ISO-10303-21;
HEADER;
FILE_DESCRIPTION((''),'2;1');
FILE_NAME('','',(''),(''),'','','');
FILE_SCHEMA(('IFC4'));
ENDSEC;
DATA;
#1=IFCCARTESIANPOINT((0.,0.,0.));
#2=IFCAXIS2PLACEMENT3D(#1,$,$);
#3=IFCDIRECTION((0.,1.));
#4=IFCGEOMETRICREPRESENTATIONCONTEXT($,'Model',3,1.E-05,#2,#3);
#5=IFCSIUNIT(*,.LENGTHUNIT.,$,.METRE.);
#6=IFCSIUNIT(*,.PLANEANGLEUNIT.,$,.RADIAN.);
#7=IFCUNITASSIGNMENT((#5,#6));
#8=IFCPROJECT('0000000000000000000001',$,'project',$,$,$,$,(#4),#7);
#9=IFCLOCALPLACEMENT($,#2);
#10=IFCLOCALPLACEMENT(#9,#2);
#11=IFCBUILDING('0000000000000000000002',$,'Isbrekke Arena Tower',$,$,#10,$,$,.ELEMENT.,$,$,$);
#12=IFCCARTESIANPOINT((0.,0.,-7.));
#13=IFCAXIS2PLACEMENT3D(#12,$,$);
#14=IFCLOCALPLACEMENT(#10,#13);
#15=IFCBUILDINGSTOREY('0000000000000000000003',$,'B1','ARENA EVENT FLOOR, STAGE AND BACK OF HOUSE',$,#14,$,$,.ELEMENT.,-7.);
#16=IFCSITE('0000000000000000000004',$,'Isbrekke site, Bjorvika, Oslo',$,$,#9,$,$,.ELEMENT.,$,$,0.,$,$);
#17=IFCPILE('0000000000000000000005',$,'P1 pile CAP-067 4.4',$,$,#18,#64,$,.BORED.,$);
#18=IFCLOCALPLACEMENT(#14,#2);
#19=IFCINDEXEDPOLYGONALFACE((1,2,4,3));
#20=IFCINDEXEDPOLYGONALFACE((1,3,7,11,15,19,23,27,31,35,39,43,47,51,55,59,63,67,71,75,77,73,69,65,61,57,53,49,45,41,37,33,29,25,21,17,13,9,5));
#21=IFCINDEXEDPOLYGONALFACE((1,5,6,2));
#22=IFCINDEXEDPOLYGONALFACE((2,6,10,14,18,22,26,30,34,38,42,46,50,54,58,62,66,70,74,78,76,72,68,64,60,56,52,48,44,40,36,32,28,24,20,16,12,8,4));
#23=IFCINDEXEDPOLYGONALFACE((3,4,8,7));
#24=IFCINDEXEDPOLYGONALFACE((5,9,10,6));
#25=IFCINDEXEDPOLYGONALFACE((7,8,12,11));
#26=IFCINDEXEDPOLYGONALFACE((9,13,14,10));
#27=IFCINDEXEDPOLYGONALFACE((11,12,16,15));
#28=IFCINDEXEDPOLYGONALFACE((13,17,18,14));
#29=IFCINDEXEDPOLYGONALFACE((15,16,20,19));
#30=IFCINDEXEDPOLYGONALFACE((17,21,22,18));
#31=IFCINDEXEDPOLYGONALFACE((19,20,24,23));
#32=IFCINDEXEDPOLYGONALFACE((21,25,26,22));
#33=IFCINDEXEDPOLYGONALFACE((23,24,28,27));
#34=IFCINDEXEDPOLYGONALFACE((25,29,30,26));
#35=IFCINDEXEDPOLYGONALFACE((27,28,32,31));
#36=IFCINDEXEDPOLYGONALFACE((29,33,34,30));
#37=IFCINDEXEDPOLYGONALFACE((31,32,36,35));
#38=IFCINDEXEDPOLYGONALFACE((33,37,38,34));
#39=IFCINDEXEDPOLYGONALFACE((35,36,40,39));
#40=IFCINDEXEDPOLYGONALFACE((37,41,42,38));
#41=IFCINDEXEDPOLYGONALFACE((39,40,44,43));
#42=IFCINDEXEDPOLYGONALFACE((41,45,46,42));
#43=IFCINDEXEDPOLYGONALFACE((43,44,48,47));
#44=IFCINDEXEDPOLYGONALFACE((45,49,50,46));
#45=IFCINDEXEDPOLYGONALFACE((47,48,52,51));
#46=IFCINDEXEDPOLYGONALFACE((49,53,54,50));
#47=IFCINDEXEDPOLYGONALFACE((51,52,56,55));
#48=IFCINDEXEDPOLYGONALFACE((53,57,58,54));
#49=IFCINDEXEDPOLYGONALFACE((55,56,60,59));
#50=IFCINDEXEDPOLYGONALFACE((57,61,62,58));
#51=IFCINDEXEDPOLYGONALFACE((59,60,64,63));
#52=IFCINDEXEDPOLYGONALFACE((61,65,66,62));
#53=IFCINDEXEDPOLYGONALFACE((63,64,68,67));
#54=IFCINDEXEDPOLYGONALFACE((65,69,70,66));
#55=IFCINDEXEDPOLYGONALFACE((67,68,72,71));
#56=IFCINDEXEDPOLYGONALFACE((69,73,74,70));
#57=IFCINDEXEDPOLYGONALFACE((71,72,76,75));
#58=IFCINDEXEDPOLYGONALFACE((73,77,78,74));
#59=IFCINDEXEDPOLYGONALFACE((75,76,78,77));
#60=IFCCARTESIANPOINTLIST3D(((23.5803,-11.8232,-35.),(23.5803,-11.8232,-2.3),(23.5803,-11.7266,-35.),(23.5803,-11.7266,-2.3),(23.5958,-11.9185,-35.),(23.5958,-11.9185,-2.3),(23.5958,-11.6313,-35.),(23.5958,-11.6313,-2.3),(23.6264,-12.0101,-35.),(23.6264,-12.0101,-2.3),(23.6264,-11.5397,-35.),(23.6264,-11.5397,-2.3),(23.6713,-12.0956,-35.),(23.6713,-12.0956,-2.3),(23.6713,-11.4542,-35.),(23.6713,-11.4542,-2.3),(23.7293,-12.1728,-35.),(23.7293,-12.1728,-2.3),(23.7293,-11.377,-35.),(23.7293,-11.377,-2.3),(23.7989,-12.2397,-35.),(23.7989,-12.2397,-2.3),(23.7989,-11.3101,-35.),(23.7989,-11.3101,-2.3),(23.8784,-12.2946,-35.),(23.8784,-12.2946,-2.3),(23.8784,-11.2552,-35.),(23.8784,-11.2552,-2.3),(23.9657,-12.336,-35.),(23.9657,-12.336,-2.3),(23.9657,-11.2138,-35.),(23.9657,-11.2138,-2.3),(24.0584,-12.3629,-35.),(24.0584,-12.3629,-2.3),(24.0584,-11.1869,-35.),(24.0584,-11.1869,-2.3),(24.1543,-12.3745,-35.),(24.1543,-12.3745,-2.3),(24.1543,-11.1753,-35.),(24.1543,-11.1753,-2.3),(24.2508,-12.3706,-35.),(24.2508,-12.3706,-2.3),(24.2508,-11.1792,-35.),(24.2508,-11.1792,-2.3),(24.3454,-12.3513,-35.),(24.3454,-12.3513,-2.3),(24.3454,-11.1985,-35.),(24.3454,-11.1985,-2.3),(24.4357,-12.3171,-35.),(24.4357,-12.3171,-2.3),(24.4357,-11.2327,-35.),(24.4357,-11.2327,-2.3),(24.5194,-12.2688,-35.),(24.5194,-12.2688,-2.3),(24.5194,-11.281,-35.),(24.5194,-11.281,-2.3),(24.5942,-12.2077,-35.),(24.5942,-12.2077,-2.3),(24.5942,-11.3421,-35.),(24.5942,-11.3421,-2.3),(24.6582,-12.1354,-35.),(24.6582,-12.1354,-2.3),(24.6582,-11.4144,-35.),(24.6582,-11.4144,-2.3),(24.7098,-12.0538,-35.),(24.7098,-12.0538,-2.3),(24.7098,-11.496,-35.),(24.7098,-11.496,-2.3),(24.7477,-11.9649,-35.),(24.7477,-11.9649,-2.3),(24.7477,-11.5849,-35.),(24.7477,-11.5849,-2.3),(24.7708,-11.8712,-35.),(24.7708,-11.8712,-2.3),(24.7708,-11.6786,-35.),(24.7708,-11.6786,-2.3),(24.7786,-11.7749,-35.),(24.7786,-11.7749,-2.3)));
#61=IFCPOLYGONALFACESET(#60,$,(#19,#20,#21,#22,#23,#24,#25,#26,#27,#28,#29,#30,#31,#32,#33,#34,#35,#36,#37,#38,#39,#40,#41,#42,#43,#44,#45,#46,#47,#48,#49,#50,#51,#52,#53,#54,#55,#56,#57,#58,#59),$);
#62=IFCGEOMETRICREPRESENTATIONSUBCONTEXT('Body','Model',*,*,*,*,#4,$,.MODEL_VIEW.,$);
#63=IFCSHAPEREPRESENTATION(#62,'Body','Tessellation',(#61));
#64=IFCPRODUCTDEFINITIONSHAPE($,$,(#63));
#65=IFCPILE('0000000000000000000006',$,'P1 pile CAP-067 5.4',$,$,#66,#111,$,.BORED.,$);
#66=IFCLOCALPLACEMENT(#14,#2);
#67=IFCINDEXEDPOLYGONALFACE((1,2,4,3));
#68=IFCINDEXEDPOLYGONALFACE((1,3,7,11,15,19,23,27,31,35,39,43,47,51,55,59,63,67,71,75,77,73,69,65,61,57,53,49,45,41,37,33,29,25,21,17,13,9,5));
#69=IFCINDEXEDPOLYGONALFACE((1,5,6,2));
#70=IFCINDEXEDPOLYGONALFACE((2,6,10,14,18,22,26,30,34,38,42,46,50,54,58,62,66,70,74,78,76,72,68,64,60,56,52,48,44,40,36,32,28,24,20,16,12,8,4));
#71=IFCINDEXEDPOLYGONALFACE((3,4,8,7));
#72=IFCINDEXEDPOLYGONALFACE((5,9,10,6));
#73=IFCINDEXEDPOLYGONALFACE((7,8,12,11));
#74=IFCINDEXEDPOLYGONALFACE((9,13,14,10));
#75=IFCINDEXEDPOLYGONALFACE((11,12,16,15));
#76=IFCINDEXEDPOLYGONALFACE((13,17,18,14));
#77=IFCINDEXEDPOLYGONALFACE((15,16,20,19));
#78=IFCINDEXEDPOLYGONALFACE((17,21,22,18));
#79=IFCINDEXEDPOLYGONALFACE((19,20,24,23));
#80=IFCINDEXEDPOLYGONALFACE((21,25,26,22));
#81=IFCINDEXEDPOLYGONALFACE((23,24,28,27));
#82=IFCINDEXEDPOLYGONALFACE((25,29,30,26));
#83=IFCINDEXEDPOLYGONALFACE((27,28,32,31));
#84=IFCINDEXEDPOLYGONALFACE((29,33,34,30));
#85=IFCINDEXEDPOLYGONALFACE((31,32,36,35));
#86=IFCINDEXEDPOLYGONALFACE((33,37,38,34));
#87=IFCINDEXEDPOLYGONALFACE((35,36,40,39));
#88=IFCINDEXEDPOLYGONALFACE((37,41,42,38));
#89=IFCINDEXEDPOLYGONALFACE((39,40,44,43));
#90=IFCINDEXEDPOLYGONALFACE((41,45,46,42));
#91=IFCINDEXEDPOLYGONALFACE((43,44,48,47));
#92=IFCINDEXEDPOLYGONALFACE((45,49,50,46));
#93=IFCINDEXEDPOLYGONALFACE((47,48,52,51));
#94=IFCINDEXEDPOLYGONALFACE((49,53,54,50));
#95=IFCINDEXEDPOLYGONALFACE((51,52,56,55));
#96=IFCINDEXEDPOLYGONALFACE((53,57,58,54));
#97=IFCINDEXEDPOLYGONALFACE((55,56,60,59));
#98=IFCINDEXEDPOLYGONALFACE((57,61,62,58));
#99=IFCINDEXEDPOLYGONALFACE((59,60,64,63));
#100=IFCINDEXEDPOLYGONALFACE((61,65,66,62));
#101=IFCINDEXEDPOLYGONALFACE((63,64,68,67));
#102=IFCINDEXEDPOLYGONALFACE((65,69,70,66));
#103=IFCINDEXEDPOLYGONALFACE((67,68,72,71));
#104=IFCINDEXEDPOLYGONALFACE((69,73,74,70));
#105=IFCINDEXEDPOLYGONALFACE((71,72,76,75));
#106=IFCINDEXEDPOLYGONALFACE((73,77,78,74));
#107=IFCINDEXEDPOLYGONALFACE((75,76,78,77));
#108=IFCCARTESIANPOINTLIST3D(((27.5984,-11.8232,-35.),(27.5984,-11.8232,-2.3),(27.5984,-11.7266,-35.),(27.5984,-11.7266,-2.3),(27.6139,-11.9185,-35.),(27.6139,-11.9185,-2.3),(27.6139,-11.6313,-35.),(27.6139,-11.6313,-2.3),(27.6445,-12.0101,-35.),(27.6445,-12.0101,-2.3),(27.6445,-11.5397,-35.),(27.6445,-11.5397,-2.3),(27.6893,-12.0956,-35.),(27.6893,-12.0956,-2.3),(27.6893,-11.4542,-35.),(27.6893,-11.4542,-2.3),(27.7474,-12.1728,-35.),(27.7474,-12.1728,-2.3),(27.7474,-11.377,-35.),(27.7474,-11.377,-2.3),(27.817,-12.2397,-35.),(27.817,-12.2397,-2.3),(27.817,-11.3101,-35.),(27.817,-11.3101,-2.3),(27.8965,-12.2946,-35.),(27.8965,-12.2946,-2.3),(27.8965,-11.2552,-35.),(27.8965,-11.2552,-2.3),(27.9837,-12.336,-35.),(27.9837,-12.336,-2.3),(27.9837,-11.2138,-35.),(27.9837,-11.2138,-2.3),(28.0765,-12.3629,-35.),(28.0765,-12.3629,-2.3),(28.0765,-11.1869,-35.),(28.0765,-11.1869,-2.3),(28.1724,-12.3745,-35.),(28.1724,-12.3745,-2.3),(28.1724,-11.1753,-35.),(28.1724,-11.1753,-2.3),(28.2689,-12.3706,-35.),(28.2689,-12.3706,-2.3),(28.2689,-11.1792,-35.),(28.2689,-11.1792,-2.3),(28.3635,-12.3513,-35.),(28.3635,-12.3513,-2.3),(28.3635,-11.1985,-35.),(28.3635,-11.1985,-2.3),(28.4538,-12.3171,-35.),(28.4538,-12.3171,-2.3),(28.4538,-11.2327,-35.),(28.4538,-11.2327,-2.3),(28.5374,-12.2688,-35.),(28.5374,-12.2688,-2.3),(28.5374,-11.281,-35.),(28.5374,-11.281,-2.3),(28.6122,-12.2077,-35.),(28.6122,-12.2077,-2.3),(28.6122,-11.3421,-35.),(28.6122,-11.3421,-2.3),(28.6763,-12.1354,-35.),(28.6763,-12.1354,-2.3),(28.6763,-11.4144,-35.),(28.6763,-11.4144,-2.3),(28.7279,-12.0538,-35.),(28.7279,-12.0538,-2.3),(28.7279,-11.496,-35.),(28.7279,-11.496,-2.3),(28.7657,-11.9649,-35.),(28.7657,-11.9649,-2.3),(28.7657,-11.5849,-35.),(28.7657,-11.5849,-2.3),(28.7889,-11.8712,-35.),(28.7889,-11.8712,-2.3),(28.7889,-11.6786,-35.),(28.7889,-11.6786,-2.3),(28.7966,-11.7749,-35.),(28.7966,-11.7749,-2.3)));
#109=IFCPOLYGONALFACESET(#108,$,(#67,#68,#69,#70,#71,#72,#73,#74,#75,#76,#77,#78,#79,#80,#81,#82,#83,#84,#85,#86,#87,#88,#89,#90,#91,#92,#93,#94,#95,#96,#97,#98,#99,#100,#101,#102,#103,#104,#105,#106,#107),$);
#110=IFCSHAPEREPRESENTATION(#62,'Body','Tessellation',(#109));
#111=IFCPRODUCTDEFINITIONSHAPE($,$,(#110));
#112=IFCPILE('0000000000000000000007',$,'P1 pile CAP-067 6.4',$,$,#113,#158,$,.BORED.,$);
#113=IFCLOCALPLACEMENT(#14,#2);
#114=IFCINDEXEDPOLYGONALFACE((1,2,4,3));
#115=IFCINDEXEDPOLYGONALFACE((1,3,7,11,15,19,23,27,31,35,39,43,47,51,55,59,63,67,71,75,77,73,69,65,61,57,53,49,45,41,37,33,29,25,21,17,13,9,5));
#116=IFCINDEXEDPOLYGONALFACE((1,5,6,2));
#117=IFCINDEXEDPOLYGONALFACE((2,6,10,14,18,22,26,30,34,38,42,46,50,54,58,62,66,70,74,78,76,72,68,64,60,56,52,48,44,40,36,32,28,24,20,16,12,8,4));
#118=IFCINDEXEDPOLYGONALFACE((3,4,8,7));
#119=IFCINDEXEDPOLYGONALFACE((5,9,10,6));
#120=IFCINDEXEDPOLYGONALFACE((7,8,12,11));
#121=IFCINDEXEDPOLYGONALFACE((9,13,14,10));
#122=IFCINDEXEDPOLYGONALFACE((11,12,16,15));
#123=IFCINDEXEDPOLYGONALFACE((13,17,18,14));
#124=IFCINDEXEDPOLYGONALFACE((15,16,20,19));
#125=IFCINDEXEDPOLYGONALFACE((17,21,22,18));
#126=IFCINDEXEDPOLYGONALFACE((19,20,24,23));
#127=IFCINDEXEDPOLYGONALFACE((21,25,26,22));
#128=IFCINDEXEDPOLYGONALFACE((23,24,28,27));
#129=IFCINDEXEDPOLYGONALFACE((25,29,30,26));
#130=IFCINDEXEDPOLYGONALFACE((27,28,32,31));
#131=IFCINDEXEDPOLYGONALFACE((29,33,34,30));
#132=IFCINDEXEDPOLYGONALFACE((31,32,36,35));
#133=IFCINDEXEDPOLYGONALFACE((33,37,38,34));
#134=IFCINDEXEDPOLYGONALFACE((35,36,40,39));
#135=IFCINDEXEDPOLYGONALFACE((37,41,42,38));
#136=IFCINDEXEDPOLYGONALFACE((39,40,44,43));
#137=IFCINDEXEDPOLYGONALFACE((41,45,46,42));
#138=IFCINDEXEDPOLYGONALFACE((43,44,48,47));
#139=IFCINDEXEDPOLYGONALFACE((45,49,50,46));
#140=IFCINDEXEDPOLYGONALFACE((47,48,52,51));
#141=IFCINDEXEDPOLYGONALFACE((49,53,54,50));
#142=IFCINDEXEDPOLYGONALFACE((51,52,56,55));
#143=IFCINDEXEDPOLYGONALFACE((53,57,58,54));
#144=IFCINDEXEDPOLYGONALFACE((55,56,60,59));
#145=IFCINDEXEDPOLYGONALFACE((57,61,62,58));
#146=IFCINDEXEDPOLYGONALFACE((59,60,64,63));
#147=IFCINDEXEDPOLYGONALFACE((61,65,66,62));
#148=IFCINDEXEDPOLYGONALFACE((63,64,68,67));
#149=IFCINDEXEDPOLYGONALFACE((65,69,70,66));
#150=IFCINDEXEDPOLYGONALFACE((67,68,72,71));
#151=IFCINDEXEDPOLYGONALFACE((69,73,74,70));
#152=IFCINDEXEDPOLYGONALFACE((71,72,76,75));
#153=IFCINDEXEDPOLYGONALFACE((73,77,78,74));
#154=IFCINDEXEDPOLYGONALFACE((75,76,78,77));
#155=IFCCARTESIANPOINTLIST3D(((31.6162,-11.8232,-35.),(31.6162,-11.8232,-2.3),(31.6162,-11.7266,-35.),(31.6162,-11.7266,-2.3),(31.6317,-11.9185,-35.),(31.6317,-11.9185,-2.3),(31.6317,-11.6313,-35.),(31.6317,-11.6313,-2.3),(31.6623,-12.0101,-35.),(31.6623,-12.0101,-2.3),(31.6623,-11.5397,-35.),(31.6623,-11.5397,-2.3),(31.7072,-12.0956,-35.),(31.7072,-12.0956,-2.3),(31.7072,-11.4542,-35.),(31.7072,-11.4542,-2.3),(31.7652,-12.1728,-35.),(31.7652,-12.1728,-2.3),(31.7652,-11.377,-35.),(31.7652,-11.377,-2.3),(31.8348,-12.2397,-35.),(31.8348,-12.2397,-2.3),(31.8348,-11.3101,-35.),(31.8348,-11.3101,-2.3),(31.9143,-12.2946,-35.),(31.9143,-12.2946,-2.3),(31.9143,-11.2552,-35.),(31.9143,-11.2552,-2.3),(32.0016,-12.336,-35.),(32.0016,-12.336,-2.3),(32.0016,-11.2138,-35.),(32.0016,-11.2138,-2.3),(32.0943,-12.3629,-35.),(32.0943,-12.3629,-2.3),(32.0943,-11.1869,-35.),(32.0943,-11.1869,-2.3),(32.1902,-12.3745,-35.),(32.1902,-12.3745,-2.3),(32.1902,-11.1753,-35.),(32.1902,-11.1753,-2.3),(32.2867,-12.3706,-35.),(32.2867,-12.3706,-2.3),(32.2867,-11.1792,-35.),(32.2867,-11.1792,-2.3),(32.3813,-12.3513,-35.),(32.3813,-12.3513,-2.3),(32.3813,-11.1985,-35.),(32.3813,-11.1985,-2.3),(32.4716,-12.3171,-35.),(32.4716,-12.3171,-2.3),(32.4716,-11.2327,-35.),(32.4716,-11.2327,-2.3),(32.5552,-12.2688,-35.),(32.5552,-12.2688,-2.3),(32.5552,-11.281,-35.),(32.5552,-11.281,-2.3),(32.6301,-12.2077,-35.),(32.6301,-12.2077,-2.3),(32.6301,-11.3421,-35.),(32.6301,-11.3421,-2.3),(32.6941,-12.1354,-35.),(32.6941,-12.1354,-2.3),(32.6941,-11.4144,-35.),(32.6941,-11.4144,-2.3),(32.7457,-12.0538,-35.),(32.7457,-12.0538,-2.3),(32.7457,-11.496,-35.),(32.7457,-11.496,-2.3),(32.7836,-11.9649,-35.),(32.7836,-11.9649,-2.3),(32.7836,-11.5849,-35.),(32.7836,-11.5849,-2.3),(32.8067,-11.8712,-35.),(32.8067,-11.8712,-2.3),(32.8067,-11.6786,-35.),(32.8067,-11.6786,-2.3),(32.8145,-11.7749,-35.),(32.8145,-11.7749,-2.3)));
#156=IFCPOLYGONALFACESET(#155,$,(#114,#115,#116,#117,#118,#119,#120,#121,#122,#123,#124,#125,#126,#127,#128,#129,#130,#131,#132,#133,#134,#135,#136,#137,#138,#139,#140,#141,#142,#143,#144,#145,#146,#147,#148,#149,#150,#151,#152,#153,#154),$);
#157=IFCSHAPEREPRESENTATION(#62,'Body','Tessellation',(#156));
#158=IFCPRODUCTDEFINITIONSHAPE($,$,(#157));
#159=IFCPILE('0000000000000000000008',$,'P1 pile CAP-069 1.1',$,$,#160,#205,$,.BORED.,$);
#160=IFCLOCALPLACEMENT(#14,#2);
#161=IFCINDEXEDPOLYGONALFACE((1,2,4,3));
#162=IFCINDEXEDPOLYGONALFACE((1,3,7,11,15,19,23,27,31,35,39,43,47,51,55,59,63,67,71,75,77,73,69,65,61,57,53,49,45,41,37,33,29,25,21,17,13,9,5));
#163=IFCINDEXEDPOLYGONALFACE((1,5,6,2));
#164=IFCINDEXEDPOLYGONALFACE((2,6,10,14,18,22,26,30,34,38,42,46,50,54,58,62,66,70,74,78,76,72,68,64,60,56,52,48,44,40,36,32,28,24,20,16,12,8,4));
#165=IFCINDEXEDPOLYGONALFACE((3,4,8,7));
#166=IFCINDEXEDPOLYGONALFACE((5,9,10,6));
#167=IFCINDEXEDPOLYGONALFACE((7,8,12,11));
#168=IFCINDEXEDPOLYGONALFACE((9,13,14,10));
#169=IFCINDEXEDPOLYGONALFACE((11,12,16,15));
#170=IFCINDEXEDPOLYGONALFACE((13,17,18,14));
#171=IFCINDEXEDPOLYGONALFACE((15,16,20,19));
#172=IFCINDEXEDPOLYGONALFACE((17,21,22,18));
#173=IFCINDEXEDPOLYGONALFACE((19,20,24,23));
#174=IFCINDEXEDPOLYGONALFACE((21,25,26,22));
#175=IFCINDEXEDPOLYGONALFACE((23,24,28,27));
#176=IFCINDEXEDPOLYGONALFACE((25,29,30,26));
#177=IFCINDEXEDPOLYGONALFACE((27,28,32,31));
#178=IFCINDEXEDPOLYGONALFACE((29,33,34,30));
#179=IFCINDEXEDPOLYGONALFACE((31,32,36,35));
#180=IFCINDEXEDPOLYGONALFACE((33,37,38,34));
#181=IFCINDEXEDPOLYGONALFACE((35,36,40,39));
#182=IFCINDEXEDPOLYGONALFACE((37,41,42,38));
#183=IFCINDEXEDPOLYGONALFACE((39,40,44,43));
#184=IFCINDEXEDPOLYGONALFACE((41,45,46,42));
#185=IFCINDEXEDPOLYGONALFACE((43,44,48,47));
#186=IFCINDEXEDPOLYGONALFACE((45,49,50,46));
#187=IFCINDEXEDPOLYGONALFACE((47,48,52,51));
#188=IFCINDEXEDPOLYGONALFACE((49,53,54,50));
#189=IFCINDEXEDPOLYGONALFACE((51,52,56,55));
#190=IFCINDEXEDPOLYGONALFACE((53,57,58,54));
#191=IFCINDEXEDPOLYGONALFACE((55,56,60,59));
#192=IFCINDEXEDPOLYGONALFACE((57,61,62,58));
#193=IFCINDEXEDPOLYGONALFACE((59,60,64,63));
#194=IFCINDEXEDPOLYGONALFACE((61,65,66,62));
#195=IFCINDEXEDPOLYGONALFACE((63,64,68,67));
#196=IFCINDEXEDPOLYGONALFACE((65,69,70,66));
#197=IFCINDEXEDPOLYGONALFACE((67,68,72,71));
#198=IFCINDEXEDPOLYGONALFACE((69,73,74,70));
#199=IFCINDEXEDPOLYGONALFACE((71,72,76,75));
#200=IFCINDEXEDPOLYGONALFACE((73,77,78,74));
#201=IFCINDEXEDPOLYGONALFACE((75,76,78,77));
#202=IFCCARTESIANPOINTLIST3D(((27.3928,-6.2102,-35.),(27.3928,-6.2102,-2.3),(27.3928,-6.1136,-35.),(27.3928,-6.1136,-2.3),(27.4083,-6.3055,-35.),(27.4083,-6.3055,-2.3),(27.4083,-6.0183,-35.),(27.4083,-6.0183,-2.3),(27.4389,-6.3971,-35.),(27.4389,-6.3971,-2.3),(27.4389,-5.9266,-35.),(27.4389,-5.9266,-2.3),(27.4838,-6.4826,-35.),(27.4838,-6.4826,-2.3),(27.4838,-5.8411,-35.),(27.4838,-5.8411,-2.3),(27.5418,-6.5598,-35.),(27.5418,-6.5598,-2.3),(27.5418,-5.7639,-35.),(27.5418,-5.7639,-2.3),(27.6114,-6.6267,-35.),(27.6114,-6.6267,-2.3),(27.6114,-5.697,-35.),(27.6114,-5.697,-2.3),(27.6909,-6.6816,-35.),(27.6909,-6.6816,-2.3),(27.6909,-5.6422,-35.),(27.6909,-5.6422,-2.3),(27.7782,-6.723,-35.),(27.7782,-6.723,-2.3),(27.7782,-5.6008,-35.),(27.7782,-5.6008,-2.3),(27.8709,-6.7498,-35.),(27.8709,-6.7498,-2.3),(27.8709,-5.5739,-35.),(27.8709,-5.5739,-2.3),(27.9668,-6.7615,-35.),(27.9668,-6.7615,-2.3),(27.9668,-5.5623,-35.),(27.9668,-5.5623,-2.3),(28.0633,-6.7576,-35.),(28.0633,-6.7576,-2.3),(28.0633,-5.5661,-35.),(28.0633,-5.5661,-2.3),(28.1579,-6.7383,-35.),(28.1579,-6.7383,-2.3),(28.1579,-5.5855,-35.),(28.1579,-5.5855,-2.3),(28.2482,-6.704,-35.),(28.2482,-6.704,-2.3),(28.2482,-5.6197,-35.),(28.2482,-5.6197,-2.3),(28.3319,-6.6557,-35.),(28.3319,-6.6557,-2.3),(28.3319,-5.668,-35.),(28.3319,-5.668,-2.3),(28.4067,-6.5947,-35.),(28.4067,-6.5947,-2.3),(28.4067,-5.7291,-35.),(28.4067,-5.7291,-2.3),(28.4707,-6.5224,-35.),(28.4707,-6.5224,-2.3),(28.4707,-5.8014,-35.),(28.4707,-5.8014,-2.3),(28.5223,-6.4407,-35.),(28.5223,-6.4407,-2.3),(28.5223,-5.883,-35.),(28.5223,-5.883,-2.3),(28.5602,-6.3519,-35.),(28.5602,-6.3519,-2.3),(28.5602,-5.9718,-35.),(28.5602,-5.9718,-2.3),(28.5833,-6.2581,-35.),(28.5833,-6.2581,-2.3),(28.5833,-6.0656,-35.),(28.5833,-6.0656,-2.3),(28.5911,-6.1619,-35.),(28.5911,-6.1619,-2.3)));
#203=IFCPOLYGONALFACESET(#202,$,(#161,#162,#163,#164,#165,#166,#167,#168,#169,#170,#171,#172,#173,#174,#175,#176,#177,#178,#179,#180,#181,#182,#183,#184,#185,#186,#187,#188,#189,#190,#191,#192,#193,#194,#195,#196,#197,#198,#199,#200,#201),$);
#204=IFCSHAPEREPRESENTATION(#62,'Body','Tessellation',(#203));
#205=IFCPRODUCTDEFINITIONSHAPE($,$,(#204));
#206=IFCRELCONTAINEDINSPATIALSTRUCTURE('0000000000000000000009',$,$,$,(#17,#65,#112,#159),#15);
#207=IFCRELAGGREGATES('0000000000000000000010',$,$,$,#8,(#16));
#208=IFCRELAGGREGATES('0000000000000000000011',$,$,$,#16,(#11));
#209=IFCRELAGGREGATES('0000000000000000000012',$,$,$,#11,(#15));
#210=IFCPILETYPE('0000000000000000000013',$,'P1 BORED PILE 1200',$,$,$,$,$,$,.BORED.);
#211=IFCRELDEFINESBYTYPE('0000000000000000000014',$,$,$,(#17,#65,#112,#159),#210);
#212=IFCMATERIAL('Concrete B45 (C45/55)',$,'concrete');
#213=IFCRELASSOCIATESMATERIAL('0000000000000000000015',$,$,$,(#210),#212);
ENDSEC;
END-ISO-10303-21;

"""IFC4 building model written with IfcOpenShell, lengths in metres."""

from ifc_helpers import new_model, si_unit, direction, frame, origin, origin_2d, place, context, subcontext, project, spatial, circle, extrude, material, material_profile, profile_set, type_object, element, save


model = new_model("IFC4")

# Units and contexts
model_context = context("Model", 3, precision=1e-05, world=origin(), true_north=direction((0.0, 1.0)))
body_context = subcontext(model_context, "Body", "Model", "MODEL_VIEW")
ifc_project = project(units=[si_unit("LENGTHUNIT", "METRE"), si_unit("PLANEANGLEUNIT", "RADIAN")], contexts=[model_context])

# Site, building, storey
site_placement = place(None, origin())
site = spatial("IfcSite", under=ifc_project, at=site_placement, Name="Isbrekke site, Bjorvika, Oslo", CompositionType="ELEMENT", RefElevation=0.0)
building_placement = place(site_placement, origin())
building = spatial("IfcBuilding", under=site, at=building_placement, Name="Isbrekke Arena Tower", CompositionType="ELEMENT")
storey_placement = place(building_placement, frame((0.0, 0.0, -7.0)))
storey = spatial("IfcBuildingStorey", under=building, at=storey_placement, Name="B1", Description="ARENA EVENT FLOOR, STAGE AND BACK OF HOUSE", CompositionType="ELEMENT", Elevation=-7.0)

# Piles
ifc_material_1 = material(Name="Concrete B45 (C45/55)", Category="concrete")
ifc_material_profile_1 = material_profile(ifc_material_1, circle(Radius=0.6001, at=origin_2d()), Name="BORED PILE D1200")
ifc_profile_set_1 = profile_set([ifc_material_profile_1], Name="Concrete B45 (C45/55)")
pile_type = type_object("IfcPileType", Name="P1 BORED PILE 1200", PredefinedType="BORED", material=ifc_profile_set_1)
for number, where, z_axis, x_axis, name in (
    (1, (24.1785, -11.7749, -2.3), (0.0, 0.0, -1.0), (1.0, 0.0, 0.0), "P1 pile CAP-067 4.4"),
    (2, (28.1965, -11.7749, -2.3), (0.0, 0.0, -1.0), (1.0, 0.0, 0.0), "P1 pile CAP-067 5.4"),
    (3, (32.2144, -11.7749, -2.3), (0.0, 0.0, -1.0), (1.0, 0.0, 0.0), "P1 pile CAP-067 6.4"),
    (4, (27.991, -6.1619, -2.3), (0.0, 0.0, -1.0), (1.0, 0.0, 0.0), "P1 pile CAP-069 1.1"),
):
    element("IfcPile", number, at=place(storey_placement, frame(where, z_axis=z_axis, x_axis=x_axis)), inside=storey, type_object=pile_type, Name=name, PredefinedType="BORED", context=body_context, shape_type="SweptSolid", body=[
        extrude(circle(Radius=0.6001, at=origin_2d()), origin(), (0.0, 0.0, 1.0), 32.7),
    ])

save(model, "model.ifc")
